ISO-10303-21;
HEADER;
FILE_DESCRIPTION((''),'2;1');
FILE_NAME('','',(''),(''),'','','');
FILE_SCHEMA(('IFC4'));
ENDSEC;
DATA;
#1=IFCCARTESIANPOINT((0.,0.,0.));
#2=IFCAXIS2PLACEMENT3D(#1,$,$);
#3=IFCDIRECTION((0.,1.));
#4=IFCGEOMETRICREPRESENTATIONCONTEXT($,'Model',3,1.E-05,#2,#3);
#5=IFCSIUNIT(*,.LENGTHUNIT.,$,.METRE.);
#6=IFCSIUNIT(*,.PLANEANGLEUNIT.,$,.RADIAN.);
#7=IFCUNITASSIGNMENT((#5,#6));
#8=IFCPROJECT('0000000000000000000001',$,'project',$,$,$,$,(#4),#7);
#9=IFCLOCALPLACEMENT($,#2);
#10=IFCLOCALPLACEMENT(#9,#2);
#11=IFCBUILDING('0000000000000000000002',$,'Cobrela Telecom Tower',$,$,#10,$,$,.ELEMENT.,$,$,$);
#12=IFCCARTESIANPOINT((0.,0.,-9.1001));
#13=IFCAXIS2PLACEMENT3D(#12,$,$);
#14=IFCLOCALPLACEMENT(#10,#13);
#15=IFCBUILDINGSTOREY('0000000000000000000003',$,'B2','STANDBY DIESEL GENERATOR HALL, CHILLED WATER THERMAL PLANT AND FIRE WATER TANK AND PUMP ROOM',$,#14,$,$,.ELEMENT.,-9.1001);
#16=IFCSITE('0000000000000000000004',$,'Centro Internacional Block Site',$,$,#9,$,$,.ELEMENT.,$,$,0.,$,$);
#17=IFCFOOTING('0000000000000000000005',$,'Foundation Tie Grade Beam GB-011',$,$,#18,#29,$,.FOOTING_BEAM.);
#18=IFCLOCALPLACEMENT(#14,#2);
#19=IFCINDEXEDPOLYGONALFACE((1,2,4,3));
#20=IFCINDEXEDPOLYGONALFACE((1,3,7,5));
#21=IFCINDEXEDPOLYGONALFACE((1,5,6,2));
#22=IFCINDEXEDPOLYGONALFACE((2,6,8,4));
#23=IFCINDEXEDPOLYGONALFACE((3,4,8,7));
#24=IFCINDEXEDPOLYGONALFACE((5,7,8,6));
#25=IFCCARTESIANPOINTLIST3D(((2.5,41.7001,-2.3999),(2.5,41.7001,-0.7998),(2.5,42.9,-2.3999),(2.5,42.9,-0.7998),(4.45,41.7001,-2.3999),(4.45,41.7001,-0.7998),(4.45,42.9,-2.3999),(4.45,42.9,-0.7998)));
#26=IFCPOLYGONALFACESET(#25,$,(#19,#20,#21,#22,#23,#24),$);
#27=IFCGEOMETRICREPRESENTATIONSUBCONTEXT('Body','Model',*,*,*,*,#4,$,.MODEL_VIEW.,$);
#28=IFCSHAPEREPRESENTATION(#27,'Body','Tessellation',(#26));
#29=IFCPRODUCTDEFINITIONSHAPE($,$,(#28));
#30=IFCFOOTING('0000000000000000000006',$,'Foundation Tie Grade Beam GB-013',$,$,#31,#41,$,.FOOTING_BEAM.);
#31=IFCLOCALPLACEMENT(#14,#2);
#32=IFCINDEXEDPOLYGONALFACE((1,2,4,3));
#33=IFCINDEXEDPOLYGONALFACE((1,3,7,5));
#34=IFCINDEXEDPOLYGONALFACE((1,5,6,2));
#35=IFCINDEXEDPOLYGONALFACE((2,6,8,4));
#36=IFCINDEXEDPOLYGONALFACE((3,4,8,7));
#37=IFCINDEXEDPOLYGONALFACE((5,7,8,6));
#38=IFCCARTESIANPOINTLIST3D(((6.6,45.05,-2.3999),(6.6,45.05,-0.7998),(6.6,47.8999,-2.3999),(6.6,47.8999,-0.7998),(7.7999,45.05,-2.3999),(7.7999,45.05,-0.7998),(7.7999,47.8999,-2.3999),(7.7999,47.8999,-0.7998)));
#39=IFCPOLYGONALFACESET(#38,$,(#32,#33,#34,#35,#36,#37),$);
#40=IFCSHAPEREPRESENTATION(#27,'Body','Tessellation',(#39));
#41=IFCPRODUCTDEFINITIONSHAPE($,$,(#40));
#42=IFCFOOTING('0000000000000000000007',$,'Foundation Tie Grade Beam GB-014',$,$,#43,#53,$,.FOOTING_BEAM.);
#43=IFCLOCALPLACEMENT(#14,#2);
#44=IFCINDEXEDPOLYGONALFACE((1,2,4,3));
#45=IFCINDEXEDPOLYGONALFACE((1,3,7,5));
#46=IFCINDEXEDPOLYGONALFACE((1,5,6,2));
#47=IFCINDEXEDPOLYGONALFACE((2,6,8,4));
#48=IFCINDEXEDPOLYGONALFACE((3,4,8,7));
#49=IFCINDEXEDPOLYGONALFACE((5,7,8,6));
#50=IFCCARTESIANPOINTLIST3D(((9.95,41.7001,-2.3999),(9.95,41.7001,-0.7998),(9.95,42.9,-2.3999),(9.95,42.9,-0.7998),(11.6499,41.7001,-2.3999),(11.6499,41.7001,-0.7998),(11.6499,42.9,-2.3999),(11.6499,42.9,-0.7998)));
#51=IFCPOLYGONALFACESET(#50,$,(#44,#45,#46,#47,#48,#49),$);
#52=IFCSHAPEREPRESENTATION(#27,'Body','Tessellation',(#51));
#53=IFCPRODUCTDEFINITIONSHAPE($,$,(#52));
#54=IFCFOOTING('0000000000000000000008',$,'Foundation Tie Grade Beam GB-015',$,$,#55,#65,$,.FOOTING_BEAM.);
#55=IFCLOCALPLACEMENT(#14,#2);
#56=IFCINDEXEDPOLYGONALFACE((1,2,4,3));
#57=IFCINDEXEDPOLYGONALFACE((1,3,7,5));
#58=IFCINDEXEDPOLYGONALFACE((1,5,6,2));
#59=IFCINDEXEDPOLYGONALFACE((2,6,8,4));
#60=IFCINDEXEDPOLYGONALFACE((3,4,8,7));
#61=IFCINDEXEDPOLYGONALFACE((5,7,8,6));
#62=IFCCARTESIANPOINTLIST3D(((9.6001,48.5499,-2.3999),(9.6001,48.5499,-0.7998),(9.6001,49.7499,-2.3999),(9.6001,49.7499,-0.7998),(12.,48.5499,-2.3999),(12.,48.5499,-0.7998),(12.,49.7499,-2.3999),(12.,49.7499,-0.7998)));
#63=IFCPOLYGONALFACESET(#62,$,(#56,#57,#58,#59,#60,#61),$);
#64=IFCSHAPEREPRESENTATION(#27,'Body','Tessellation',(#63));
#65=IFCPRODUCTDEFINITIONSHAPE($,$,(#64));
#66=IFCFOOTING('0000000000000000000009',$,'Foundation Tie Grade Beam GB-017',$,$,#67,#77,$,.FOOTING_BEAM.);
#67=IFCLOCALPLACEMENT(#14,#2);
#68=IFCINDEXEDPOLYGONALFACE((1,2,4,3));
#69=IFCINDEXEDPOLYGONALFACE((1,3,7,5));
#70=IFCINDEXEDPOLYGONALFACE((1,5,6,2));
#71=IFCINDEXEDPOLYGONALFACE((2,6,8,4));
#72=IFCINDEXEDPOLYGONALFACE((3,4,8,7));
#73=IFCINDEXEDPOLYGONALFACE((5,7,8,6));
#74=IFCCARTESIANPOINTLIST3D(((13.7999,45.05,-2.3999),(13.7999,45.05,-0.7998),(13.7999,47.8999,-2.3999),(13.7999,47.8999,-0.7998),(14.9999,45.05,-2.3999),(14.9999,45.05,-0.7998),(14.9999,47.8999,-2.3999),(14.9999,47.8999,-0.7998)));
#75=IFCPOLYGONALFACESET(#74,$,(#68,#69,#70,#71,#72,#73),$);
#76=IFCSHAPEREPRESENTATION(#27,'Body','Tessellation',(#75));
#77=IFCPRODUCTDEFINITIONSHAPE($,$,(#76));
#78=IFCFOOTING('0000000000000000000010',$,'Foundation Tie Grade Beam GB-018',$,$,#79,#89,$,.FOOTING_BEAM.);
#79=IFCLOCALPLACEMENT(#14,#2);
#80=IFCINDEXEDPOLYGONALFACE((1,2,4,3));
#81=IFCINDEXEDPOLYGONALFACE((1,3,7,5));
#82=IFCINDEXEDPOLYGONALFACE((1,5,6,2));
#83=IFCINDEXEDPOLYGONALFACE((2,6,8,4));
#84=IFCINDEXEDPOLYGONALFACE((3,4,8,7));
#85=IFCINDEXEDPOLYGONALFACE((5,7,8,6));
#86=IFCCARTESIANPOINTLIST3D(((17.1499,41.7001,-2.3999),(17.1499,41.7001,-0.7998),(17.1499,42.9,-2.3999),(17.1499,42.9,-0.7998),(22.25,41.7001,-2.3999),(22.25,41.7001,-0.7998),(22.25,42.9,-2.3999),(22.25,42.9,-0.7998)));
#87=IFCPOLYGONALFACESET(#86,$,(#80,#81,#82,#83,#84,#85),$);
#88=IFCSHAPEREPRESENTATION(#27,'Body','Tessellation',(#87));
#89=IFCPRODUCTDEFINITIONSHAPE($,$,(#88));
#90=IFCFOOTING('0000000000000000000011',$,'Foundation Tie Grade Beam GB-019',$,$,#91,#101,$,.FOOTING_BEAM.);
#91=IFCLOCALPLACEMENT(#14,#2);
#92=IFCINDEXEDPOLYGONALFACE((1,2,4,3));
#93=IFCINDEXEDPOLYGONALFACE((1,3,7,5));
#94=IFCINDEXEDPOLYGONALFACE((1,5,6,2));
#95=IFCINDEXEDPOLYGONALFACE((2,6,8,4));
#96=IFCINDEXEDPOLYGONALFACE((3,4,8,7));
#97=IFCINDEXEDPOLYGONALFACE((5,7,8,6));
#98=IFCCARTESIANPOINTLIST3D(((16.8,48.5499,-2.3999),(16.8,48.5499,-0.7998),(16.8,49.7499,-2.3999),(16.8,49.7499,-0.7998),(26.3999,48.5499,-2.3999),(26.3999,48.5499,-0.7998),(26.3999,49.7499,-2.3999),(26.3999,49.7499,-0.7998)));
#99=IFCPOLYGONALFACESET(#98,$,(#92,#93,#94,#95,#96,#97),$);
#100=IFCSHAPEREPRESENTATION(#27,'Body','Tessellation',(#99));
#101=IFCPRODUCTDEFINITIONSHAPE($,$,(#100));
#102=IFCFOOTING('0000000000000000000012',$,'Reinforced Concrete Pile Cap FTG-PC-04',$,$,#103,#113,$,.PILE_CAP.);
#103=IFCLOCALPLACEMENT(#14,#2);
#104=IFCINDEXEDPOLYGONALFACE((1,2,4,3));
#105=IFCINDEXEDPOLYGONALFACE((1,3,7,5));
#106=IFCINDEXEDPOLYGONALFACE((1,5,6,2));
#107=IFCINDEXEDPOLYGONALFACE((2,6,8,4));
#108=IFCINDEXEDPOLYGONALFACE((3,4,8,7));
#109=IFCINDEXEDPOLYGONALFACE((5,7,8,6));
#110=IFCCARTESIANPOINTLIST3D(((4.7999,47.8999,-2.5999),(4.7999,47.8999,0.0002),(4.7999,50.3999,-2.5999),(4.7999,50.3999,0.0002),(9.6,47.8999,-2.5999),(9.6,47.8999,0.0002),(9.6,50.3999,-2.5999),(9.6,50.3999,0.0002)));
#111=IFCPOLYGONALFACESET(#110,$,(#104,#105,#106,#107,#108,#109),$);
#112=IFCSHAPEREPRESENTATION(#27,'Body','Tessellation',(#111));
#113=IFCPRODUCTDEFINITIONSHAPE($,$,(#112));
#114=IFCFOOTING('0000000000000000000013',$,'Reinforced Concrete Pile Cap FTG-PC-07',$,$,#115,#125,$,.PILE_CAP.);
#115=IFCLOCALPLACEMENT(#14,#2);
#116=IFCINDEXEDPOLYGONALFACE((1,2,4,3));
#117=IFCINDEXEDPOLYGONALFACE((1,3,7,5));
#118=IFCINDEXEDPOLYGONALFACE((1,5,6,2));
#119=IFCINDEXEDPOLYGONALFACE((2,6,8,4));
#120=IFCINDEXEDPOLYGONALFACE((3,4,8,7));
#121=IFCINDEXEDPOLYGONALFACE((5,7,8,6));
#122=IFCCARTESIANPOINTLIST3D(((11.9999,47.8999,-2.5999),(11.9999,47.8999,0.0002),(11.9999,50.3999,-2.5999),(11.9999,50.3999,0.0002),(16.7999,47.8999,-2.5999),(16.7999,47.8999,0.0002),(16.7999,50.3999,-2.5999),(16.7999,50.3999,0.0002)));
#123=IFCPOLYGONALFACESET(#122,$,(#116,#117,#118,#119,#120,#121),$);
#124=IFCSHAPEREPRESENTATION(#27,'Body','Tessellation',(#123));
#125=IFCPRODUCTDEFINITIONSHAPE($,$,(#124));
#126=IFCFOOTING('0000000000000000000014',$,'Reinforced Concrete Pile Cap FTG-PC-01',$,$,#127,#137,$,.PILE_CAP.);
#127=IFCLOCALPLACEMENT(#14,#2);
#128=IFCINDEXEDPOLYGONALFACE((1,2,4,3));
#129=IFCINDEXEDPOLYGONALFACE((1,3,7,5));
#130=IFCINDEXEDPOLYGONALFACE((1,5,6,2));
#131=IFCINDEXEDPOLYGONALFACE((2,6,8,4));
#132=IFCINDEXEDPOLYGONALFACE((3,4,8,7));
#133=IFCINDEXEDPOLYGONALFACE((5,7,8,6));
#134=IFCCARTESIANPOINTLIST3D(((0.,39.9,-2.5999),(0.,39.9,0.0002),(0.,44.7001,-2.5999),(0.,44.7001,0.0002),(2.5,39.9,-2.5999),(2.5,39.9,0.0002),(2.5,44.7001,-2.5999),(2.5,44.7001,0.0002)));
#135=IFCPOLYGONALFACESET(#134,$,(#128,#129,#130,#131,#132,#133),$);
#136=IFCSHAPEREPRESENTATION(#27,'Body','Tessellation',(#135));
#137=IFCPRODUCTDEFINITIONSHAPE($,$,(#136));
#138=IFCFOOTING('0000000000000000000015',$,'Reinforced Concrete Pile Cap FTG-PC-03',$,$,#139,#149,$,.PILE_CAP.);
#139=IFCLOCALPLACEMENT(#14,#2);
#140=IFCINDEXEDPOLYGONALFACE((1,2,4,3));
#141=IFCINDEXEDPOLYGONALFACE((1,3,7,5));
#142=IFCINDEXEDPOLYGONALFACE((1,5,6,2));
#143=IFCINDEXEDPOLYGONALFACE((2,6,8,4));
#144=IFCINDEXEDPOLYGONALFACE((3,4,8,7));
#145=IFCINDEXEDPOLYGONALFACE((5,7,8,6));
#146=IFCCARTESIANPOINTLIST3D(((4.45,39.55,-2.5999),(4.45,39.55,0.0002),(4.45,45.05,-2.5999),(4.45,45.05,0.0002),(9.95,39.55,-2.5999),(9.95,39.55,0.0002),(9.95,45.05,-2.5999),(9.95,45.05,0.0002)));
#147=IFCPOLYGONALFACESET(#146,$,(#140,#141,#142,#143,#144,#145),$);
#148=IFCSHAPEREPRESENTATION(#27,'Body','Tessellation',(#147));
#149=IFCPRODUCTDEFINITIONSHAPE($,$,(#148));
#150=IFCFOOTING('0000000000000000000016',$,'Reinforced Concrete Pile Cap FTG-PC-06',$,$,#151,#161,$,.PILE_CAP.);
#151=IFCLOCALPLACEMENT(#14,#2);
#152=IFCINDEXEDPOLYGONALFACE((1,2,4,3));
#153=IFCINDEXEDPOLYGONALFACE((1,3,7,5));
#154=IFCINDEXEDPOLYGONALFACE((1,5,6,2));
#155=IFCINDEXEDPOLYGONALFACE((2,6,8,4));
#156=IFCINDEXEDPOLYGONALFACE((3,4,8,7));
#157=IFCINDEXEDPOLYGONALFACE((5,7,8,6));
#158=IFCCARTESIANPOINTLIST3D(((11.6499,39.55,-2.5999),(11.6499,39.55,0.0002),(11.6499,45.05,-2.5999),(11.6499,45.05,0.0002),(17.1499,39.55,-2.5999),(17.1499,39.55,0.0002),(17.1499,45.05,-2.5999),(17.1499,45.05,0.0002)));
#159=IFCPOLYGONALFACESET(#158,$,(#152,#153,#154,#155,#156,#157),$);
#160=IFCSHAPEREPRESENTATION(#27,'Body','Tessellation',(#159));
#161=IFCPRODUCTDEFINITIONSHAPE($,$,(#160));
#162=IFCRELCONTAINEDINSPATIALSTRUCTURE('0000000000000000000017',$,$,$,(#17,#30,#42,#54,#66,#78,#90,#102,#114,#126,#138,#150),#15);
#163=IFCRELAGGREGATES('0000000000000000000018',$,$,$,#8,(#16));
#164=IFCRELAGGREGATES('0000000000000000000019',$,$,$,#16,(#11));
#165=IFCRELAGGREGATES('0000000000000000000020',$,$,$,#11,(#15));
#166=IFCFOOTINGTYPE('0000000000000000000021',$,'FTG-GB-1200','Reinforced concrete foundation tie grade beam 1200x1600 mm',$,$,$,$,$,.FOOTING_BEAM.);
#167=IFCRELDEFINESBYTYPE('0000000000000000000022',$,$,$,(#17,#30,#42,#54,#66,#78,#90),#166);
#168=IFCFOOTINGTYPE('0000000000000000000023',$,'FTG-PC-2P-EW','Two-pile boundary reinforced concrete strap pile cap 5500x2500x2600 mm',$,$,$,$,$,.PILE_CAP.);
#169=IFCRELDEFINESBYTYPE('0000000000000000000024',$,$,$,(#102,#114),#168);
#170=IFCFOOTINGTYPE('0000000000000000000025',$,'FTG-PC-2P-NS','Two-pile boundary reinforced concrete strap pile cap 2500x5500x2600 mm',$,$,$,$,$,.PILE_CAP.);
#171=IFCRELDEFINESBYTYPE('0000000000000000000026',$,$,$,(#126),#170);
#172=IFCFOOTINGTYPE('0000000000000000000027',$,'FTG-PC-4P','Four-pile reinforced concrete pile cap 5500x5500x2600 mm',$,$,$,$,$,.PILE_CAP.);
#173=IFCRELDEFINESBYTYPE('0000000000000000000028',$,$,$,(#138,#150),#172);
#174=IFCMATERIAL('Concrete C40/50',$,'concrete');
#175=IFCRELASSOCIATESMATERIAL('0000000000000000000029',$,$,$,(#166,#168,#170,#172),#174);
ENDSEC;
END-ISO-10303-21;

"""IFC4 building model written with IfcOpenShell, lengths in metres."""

from ifc_helpers import new_model, si_unit, direction, frame, origin, origin_2d, place, context, subcontext, project, spatial, rectangle, extrude, material, material_profile, profile_set, type_object, element, save


model = new_model("IFC4")

# Units and contexts
model_context = context("Model", 3, precision=1e-05, world=origin(), true_north=direction((0.0, 1.0)))
body_context = subcontext(model_context, "Body", "Model", "MODEL_VIEW")
ifc_project = project(units=[si_unit("LENGTHUNIT", "METRE"), si_unit("PLANEANGLEUNIT", "RADIAN")], contexts=[model_context])

# Site, building, storey
site_placement = place(None, origin())
site = spatial("IfcSite", under=ifc_project, at=site_placement, Name="Centro Internacional Block Site", CompositionType="ELEMENT", RefElevation=0.0)
building_placement = place(site_placement, origin())
building = spatial("IfcBuilding", under=site, at=building_placement, Name="Cobrela Telecom Tower", CompositionType="ELEMENT")
storey_placement = place(building_placement, frame((0.0, 0.0, -9.1001)))
storey = spatial("IfcBuildingStorey", under=building, at=storey_placement, Name="B2", Description="STANDBY DIESEL GENERATOR HALL, CHILLED WATER THERMAL PLANT AND FIRE WATER TANK AND PUMP ROOM", CompositionType="ELEMENT", Elevation=-9.1001)

# Footings
ifc_material_1 = material(Name="Concrete C40/50", Category="concrete")
ifc_material_profile_1 = material_profile(ifc_material_1, rectangle(XDim=1.2, YDim=1.6001, at=origin_2d()), Name="GB 1200x1600")
ifc_profile_set_1 = profile_set([ifc_material_profile_1], Name="Concrete C40/50")
footing_type_1 = type_object("IfcFootingType", Name="FTG-GB-1200", Description="Reinforced concrete foundation tie grade beam 1200x1600 mm", PredefinedType="FOOTING_BEAM", material=ifc_profile_set_1)
footing_1_placement = place(storey_placement, frame((2.5, 42.3, -1.5999), z_axis=(1.0, 0.0, 0.0), x_axis=(0.0, 1.0, 0.0)))
element("IfcFooting", 1, at=footing_1_placement, inside=storey, type_object=footing_type_1, Name="Foundation Tie Grade Beam GB-011", PredefinedType="FOOTING_BEAM", context=body_context, shape_type="SweptSolid", body=[
    extrude(rectangle(XDim=1.2, YDim=1.6001, at=origin_2d()), origin(), (0.0, 0.0, 1.0), 1.95),
])
footing_2_placement = place(storey_placement, frame((7.2, 45.05, -1.5999), z_axis=(0.0, 1.0, 0.0), x_axis=(-1.0, 0.0, 0.0)))
element("IfcFooting", 2, at=footing_2_placement, inside=storey, type_object=footing_type_1, Name="Foundation Tie Grade Beam GB-013", PredefinedType="FOOTING_BEAM", context=body_context, shape_type="SweptSolid", body=[
    extrude(rectangle(XDim=1.2, YDim=1.6001, at=origin_2d()), origin(), (0.0, 0.0, 1.0), 2.8499),
])
footing_3_placement = place(storey_placement, frame((9.95, 42.3, -1.5999), z_axis=(1.0, 0.0, 0.0), x_axis=(0.0, 1.0, 0.0)))
element("IfcFooting", 3, at=footing_3_placement, inside=storey, type_object=footing_type_1, Name="Foundation Tie Grade Beam GB-014", PredefinedType="FOOTING_BEAM", context=body_context, shape_type="SweptSolid", body=[
    extrude(rectangle(XDim=1.2, YDim=1.6001, at=origin_2d()), origin(), (0.0, 0.0, 1.0), 1.7),
])
footing_4_placement = place(storey_placement, frame((9.6001, 49.1499, -1.5999), z_axis=(1.0, 0.0, 0.0), x_axis=(0.0, 1.0, 0.0)))
element("IfcFooting", 4, at=footing_4_placement, inside=storey, type_object=footing_type_1, Name="Foundation Tie Grade Beam GB-015", PredefinedType="FOOTING_BEAM", context=body_context, shape_type="SweptSolid", body=[
    extrude(rectangle(XDim=1.2, YDim=1.6001, at=origin_2d()), origin(), (0.0, 0.0, 1.0), 2.3999),
])
footing_5_placement = place(storey_placement, frame((14.3999, 45.05, -1.5999), z_axis=(0.0, 1.0, 0.0), x_axis=(-1.0, 0.0, 0.0)))
element("IfcFooting", 5, at=footing_5_placement, inside=storey, type_object=footing_type_1, Name="Foundation Tie Grade Beam GB-017", PredefinedType="FOOTING_BEAM", context=body_context, shape_type="SweptSolid", body=[
    extrude(rectangle(XDim=1.2, YDim=1.6001, at=origin_2d()), origin(), (0.0, 0.0, 1.0), 2.8499),
])
footing_6_placement = place(storey_placement, frame((17.1499, 42.3, -1.5999), z_axis=(1.0, 0.0, 0.0), x_axis=(0.0, 1.0, 0.0)))
element("IfcFooting", 6, at=footing_6_placement, inside=storey, type_object=footing_type_1, Name="Foundation Tie Grade Beam GB-018", PredefinedType="FOOTING_BEAM", context=body_context, shape_type="SweptSolid", body=[
    extrude(rectangle(XDim=1.2, YDim=1.6001, at=origin_2d()), origin(), (0.0, 0.0, 1.0), 5.1001),
])
footing_7_placement = place(storey_placement, frame((16.8, 49.1499, -1.5999), z_axis=(1.0, 0.0, 0.0), x_axis=(0.0, 1.0, 0.0)))
element("IfcFooting", 7, at=footing_7_placement, inside=storey, type_object=footing_type_1, Name="Foundation Tie Grade Beam GB-019", PredefinedType="FOOTING_BEAM", context=body_context, shape_type="SweptSolid", body=[
    extrude(rectangle(XDim=1.2, YDim=1.6001, at=origin_2d()), origin(), (0.0, 0.0, 1.0), 9.5999),
])
footing_type_2 = type_object("IfcFootingType", Name="FTG-PC-2P-EW", Description="Two-pile boundary reinforced concrete strap pile cap 5500x2500x2600 mm", PredefinedType="PILE_CAP", material=ifc_material_1)
for number, where, z_axis, x_axis, name in (
    (8, (7.2, 49.1499, -2.5999), (0.0, 0.0, 1.0), (1.0, 0.0, 0.0), "Reinforced Concrete Pile Cap FTG-PC-04"),
    (9, (14.3999, 49.1499, -2.5999), (0.0, 0.0, 1.0), (1.0, 0.0, 0.0), "Reinforced Concrete Pile Cap FTG-PC-07"),
):
    element("IfcFooting", number, at=place(storey_placement, frame(where, z_axis=z_axis, x_axis=x_axis)), inside=storey, type_object=footing_type_2, Name=name, PredefinedType="PILE_CAP", context=body_context, shape_type="SweptSolid", body=[
        extrude(rectangle(XDim=4.8, YDim=2.5, at=origin_2d()), origin(), (0.0, 0.0, 1.0), 2.6001),
    ])
footing_type_3 = type_object("IfcFootingType", Name="FTG-PC-2P-NS", Description="Two-pile boundary reinforced concrete strap pile cap 2500x5500x2600 mm", PredefinedType="PILE_CAP", material=ifc_material_1)
footing_8_placement = place(storey_placement, frame((1.25, 42.3, -2.5999), z_axis=(0.0, 0.0, 1.0), x_axis=(1.0, 0.0, 0.0)))
element("IfcFooting", 10, at=footing_8_placement, inside=storey, type_object=footing_type_3, Name="Reinforced Concrete Pile Cap FTG-PC-01", PredefinedType="PILE_CAP", context=body_context, shape_type="SweptSolid", body=[
    extrude(rectangle(XDim=2.5, YDim=4.8, at=origin_2d()), origin(), (0.0, 0.0, 1.0), 2.6001),
])
footing_type_4 = type_object("IfcFootingType", Name="FTG-PC-4P", Description="Four-pile reinforced concrete pile cap 5500x5500x2600 mm", PredefinedType="PILE_CAP", material=ifc_material_1)
for number, where, z_axis, x_axis, name in (
    (11, (7.2, 42.3, -2.5999), (0.0, 0.0, 1.0), (1.0, 0.0, 0.0), "Reinforced Concrete Pile Cap FTG-PC-03"),
    (12, (14.3999, 42.3, -2.5999), (0.0, 0.0, 1.0), (1.0, 0.0, 0.0), "Reinforced Concrete Pile Cap FTG-PC-06"),
):
    element("IfcFooting", number, at=place(storey_placement, frame(where, z_axis=z_axis, x_axis=x_axis)), inside=storey, type_object=footing_type_4, Name=name, PredefinedType="PILE_CAP", context=body_context, shape_type="SweptSolid", body=[
        extrude(rectangle(XDim=5.5, YDim=5.5, at=origin_2d()), origin(), (0.0, 0.0, 1.0), 2.6001),
    ])

save(model, "model.ifc")
